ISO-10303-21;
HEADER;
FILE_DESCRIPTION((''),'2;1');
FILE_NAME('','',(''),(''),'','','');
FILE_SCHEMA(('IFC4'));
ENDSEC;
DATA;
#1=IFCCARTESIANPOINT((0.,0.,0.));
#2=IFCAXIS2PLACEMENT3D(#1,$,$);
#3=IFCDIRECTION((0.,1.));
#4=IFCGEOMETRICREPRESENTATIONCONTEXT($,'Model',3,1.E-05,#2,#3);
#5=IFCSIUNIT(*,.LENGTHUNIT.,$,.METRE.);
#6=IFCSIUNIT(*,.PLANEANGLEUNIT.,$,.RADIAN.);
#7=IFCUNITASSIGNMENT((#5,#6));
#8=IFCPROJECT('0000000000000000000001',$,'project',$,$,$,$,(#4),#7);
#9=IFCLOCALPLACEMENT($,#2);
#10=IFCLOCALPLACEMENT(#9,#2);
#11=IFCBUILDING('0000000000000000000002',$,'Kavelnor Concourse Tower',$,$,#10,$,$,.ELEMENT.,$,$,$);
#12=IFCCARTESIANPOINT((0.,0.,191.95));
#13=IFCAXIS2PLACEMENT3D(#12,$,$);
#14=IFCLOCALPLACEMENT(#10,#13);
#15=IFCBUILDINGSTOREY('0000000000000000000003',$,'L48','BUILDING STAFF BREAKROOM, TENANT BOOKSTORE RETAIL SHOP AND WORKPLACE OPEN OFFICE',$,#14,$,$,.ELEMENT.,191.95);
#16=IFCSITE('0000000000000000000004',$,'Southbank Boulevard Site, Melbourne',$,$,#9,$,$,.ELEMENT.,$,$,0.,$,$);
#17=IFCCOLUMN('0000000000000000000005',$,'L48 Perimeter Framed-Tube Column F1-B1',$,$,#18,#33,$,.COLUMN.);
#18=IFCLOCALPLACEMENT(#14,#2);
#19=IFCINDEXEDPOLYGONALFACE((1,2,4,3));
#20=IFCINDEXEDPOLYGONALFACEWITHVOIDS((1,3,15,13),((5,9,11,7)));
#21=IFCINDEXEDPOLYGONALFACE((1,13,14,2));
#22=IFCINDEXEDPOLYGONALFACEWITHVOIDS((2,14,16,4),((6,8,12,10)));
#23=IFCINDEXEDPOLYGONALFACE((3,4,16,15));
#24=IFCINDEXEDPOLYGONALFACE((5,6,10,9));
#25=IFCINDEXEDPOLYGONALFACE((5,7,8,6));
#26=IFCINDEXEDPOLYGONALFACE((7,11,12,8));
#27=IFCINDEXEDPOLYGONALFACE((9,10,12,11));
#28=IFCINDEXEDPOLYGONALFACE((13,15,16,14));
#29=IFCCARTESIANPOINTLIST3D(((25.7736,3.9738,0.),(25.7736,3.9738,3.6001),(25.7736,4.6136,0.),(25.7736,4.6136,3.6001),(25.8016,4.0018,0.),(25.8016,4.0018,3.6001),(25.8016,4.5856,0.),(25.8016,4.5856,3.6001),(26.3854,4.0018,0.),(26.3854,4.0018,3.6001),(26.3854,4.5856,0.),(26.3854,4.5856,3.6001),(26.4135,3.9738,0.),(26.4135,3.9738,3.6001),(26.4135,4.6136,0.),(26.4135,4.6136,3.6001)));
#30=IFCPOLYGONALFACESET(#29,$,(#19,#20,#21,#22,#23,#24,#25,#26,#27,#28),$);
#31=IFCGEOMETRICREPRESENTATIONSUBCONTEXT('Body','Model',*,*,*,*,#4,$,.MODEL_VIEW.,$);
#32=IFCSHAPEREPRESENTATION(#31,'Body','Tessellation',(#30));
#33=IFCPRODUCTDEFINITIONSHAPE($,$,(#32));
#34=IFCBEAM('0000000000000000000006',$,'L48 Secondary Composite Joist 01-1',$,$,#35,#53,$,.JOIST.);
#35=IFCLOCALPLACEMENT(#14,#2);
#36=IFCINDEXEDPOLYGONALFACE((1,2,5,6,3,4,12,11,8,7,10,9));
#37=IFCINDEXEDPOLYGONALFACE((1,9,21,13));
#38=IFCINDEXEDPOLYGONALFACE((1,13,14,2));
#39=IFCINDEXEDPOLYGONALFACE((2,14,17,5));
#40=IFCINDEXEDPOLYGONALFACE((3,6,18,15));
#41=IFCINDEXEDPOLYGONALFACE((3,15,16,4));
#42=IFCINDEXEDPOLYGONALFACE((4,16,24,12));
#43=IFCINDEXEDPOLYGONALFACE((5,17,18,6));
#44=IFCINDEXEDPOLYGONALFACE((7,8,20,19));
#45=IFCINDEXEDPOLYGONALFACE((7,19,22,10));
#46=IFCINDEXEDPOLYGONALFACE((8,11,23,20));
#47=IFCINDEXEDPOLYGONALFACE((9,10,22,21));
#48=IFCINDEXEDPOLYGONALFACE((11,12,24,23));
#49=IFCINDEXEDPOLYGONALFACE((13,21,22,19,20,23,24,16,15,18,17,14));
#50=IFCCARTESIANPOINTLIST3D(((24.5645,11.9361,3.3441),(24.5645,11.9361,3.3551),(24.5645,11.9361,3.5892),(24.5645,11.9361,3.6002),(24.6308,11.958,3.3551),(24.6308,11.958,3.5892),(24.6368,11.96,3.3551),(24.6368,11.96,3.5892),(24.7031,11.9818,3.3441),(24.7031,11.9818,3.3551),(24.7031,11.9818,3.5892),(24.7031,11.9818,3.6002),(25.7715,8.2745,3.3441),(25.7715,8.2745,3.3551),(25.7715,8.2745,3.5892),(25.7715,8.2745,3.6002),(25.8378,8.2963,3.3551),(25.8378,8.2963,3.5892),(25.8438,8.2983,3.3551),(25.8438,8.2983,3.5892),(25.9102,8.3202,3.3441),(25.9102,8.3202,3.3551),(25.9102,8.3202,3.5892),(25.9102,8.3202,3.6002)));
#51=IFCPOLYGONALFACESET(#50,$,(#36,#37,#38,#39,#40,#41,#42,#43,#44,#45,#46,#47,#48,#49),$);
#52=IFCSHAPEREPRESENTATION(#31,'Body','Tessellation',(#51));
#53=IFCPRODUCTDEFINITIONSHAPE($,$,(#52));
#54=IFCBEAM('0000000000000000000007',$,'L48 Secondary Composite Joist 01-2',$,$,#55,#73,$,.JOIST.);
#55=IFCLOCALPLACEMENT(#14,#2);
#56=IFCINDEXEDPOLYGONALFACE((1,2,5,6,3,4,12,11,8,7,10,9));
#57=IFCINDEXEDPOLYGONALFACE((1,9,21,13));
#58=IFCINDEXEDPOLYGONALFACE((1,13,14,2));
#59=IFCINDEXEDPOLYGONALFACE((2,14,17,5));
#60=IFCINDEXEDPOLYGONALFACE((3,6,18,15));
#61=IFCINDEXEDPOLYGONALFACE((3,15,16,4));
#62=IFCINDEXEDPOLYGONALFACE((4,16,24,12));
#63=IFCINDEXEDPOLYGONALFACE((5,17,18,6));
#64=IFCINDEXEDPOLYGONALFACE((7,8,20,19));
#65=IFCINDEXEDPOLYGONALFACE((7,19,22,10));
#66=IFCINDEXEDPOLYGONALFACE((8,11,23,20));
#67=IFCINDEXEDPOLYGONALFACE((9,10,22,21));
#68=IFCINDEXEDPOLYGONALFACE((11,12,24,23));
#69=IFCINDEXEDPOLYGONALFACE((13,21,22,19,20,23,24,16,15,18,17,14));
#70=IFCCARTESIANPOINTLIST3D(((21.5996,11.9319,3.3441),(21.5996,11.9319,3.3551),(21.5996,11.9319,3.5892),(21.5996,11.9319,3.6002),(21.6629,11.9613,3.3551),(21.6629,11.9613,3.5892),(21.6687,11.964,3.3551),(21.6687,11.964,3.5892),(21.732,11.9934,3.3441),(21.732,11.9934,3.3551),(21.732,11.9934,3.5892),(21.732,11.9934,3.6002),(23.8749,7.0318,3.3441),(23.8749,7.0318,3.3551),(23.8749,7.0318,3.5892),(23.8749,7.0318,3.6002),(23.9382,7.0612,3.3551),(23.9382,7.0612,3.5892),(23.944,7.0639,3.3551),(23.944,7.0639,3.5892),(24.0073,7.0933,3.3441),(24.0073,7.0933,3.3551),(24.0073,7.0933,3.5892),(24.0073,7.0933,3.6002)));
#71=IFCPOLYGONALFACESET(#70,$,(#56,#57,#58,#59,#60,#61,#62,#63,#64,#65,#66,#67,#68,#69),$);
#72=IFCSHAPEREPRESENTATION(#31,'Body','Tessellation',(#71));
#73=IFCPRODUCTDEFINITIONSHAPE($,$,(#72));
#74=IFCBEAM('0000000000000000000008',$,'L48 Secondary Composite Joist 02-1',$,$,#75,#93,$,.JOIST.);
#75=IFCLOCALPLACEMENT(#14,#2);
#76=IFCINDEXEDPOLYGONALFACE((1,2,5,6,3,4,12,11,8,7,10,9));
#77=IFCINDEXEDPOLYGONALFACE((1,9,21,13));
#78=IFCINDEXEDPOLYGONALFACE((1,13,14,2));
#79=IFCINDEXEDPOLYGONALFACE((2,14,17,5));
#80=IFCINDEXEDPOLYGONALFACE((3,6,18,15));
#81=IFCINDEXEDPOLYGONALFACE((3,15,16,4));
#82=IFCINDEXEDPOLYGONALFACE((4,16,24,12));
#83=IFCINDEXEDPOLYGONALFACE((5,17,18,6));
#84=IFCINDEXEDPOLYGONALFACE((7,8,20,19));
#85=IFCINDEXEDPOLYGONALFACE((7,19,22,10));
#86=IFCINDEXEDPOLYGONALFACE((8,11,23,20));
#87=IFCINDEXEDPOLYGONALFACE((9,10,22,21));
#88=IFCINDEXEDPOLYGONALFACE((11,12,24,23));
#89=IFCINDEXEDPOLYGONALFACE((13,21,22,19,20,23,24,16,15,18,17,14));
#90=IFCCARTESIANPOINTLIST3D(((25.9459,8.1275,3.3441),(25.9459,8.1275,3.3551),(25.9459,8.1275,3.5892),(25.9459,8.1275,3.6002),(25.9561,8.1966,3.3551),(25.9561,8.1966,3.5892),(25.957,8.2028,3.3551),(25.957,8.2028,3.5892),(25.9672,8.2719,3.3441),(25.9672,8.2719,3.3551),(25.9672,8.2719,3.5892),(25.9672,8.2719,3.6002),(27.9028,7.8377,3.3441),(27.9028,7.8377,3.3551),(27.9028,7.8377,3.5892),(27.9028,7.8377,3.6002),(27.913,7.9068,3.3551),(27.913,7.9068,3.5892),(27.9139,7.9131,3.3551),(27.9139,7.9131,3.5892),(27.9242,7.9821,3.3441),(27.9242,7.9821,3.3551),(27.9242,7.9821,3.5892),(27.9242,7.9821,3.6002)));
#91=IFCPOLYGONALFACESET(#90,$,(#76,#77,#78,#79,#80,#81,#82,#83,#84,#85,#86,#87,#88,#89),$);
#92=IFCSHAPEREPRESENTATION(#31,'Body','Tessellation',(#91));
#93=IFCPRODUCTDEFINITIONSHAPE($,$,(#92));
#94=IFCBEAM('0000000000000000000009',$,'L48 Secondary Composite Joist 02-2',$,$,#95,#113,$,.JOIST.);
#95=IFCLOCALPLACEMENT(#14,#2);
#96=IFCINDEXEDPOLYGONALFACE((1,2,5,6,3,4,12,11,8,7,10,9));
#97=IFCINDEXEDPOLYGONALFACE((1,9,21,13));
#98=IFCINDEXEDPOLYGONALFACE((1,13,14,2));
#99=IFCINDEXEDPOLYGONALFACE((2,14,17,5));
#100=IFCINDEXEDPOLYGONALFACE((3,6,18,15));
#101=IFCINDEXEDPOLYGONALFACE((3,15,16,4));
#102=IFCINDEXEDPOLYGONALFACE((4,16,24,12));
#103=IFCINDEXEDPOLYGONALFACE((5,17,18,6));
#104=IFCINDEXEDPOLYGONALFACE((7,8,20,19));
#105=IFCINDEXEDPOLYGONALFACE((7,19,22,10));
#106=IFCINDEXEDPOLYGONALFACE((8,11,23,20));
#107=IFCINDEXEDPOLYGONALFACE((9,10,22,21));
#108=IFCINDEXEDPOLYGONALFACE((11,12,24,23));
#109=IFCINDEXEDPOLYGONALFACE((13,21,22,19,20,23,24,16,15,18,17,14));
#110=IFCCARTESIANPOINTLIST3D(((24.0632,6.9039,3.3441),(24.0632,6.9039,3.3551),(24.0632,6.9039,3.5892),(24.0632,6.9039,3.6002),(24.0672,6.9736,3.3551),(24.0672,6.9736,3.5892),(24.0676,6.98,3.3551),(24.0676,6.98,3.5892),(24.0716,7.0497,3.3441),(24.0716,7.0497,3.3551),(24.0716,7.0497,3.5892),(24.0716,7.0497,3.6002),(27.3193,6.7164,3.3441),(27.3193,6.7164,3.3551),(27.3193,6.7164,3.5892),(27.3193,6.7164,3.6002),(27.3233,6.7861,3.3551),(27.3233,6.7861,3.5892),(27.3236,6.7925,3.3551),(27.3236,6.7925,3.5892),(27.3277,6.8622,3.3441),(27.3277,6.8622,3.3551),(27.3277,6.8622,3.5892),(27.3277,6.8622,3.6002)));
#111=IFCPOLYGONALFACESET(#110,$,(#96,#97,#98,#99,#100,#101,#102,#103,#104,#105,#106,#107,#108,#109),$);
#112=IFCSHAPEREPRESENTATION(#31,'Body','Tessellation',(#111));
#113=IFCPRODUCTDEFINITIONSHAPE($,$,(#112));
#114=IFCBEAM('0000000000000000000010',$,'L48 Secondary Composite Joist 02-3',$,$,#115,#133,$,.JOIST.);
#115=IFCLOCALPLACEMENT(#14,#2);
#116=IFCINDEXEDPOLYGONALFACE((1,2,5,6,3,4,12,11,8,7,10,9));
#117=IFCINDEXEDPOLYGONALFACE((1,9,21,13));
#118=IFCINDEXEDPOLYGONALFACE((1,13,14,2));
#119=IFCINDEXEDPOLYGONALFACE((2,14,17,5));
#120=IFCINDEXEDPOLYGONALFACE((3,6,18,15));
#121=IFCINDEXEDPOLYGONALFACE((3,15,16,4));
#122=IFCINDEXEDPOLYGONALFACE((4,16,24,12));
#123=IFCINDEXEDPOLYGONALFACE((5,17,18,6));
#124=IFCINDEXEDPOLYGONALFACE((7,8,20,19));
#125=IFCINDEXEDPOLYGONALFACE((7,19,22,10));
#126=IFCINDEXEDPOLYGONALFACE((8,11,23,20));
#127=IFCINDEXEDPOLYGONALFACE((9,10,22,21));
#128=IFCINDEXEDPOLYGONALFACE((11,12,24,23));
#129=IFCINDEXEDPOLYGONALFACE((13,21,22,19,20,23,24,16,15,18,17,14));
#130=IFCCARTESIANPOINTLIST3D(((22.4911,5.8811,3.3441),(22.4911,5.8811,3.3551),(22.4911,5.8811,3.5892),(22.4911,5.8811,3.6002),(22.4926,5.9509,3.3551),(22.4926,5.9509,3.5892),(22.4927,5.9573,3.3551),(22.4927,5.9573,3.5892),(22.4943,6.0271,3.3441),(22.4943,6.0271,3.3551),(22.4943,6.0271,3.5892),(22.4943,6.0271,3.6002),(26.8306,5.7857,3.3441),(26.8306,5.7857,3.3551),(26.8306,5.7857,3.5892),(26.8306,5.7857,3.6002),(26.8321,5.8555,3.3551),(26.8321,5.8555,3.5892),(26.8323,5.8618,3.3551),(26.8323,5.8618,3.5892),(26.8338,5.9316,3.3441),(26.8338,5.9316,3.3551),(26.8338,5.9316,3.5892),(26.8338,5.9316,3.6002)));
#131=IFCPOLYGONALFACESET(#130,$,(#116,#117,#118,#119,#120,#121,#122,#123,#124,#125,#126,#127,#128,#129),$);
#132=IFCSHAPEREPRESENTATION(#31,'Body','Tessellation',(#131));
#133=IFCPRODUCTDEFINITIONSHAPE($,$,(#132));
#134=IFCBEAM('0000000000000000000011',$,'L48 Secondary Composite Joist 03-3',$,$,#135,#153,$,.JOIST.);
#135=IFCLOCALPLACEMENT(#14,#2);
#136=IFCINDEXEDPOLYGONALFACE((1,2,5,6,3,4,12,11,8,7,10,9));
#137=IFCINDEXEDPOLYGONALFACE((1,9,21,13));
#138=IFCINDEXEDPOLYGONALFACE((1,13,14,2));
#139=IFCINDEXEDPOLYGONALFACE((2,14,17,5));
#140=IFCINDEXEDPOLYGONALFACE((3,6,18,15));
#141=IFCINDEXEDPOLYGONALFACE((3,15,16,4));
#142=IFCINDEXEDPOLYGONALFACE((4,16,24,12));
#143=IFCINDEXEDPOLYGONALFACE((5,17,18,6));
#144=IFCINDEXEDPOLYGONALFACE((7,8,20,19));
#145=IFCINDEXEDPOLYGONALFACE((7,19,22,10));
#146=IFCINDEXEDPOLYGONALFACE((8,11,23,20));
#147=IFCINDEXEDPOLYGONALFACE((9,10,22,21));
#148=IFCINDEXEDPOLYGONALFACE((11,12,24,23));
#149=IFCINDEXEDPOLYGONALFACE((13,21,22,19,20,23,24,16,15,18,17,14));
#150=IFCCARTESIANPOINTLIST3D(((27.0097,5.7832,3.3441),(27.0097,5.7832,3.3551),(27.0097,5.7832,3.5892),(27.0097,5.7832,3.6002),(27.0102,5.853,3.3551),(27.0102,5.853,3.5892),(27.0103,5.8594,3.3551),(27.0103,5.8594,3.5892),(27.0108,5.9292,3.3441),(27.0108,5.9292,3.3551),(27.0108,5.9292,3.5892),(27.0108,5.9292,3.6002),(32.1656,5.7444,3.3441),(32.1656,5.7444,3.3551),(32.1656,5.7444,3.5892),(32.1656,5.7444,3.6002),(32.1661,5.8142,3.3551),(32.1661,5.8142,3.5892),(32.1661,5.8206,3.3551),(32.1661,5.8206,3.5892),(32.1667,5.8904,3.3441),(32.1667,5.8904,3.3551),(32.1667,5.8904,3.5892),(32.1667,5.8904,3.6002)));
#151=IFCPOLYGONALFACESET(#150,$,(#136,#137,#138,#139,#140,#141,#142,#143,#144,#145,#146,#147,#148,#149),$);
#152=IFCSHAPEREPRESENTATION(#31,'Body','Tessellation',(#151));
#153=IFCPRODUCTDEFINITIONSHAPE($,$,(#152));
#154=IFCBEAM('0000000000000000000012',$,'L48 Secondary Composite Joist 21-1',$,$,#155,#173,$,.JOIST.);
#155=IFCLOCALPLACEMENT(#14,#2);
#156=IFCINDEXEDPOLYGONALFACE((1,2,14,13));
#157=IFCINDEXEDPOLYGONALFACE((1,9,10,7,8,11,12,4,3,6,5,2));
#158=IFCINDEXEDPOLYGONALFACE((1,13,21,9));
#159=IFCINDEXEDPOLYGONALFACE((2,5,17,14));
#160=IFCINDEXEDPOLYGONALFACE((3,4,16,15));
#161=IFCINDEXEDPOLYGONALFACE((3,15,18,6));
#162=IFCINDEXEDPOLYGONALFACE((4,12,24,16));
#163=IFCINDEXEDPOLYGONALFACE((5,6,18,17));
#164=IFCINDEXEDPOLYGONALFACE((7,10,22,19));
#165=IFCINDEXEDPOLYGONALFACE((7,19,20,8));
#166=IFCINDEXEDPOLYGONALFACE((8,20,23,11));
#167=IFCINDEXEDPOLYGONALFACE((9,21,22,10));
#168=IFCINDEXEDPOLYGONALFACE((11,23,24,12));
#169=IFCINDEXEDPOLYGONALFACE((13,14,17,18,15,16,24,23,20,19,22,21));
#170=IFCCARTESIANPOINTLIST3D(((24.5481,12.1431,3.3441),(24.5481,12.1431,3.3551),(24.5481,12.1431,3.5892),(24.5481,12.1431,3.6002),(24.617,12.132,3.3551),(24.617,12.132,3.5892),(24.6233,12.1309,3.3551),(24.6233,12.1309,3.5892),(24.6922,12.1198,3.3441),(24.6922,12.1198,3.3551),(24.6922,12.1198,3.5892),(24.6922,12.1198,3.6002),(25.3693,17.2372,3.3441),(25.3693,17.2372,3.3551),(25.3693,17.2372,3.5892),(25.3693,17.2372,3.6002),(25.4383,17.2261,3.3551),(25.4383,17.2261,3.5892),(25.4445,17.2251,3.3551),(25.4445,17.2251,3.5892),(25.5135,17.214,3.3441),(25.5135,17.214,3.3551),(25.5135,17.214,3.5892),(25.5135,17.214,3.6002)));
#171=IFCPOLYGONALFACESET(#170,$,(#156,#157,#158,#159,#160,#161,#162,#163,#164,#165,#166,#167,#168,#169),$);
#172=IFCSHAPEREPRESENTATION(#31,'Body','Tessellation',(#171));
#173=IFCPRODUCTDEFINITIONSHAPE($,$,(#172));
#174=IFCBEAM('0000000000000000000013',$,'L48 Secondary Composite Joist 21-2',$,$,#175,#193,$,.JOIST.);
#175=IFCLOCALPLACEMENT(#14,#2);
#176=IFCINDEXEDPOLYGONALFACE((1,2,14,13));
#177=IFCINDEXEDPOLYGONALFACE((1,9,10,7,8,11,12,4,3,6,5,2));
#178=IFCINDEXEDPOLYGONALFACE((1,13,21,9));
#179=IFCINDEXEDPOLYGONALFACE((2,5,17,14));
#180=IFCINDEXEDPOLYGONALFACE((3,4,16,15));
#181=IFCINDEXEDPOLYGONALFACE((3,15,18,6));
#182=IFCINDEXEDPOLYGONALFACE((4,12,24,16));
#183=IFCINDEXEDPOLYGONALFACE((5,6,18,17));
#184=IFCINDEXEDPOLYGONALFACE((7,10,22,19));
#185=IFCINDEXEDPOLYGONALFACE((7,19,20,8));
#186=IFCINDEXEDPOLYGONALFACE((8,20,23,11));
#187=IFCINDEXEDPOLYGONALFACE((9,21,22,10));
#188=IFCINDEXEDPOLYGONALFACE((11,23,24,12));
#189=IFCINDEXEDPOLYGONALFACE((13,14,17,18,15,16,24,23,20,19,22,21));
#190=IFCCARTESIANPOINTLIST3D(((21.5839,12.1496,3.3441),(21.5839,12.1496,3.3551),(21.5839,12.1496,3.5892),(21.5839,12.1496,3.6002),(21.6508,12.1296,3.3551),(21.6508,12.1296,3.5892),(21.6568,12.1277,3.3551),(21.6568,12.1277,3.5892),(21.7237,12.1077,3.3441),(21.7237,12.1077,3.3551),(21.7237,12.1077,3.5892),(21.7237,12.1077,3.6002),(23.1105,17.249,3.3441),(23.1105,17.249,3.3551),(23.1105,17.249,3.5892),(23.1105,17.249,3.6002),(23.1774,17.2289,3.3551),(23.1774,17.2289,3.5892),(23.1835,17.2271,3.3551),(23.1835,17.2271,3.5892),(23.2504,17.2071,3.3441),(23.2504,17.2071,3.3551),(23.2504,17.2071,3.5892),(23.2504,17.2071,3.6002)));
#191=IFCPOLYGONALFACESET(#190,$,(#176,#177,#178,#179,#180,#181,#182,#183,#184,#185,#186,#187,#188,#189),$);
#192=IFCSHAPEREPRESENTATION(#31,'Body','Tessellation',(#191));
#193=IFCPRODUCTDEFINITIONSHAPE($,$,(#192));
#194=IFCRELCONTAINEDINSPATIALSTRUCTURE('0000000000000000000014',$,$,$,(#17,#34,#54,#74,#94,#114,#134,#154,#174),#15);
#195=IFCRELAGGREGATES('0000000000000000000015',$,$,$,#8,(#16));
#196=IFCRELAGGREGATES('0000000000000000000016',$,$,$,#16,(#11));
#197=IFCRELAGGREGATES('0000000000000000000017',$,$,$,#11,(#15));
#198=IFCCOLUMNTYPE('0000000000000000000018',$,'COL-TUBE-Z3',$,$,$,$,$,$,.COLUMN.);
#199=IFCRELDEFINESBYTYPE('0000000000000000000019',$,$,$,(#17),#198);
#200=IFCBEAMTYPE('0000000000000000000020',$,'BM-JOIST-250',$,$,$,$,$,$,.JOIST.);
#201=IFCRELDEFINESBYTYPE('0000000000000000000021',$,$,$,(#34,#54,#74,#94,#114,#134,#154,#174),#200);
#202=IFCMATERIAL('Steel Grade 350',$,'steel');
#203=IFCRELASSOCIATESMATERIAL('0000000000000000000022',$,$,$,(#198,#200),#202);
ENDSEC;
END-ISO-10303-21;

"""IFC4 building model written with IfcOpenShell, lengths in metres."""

from ifc_helpers import new_model, si_unit, direction, frame, origin, origin_2d, place, context, subcontext, project, spatial, hollow_rectangle, i_section, extrude, material, material_profile, profile_set, type_object, element, save


model = new_model("IFC4")

# Units and contexts
model_context = context("Model", 3, precision=1e-05, world=origin(), true_north=direction((0.0, 1.0)))
body_context = subcontext(model_context, "Body", "Model", "MODEL_VIEW")
ifc_project = project(units=[si_unit("LENGTHUNIT", "METRE"), si_unit("PLANEANGLEUNIT", "RADIAN")], contexts=[model_context])

# Site, building, storey
site_placement = place(None, origin())
site = spatial("IfcSite", under=ifc_project, at=site_placement, Name="Southbank Boulevard Site, Melbourne", CompositionType="ELEMENT", RefElevation=0.0)
building_placement = place(site_placement, origin())
building = spatial("IfcBuilding", under=site, at=building_placement, Name="Kavelnor Concourse Tower", CompositionType="ELEMENT")
storey_placement = place(building_placement, frame((0.0, 0.0, 191.95)))
storey = spatial("IfcBuildingStorey", under=building, at=storey_placement, Name="L48", Description="BUILDING STAFF BREAKROOM, TENANT BOOKSTORE RETAIL SHOP AND WORKPLACE OPEN OFFICE", CompositionType="ELEMENT", Elevation=191.95)

# Column
ifc_material_1 = material(Name="Steel Grade 350", Category="steel")
ifc_material_profile_1 = material_profile(ifc_material_1, hollow_rectangle(XDim=0.6399, YDim=0.6399, WallThickness=0.0281, at=origin_2d()), Name="SHS 640x640x28")
ifc_profile_set_1 = profile_set([ifc_material_profile_1], Name="Steel Grade 350")
column_type = type_object("IfcColumnType", Name="COL-TUBE-Z3", PredefinedType="COLUMN", material=ifc_profile_set_1)
column_placement = place(storey_placement, frame((26.0935, 4.2937, 0.0), z_axis=(0.0, 0.0, 1.0), x_axis=(1.0, 0.0, 0.0)))
element("IfcColumn", 1, at=column_placement, inside=storey, type_object=column_type, Name="L48 Perimeter Framed-Tube Column F1-B1", PredefinedType="COLUMN", context=body_context, shape_type="SweptSolid", body=[
    extrude(hollow_rectangle(XDim=0.6399, YDim=0.6399, WallThickness=0.0281, at=origin_2d()), origin(), (0.0, 0.0, 1.0), 3.6001),
])

# Beams
ifc_material_profile_2 = material_profile(ifc_material_1, i_section(OverallWidth=0.146, OverallDepth=0.2561, WebThickness=0.0063, FlangeThickness=0.011, at=origin_2d()), Name="250UB37")
ifc_profile_set_2 = profile_set([ifc_material_profile_2], Name="Steel Grade 350")
beam_type_1 = type_object("IfcBeamType", Name="BM-JOIST-250", PredefinedType="JOIST", material=ifc_profile_set_2)
beam_1_placement = place(storey_placement, frame((24.6338, 11.959, 3.4722), z_axis=(0.313072, -0.949729, 0.0), x_axis=(0.949729, 0.313072, 0.0)))
element("IfcBeam", 2, at=beam_1_placement, inside=storey, type_object=beam_type_1, Name="L48 Secondary Composite Joist 01-1", PredefinedType="JOIST", context=body_context, shape_type="SweptSolid", body=[
    extrude(i_section(OverallWidth=0.146, OverallDepth=0.2561, WebThickness=0.0063, FlangeThickness=0.011, at=origin_2d()), origin(), (0.0, 0.0, 1.0), 3.8555),
])
beam_2_placement = place(storey_placement, frame((21.6658, 11.9626, 3.4722), z_axis=(0.42116, -0.906986, 0.0), x_axis=(0.906986, 0.42116, 0.0)))
element("IfcBeam", 3, at=beam_2_placement, inside=storey, type_object=beam_type_1, Name="L48 Secondary Composite Joist 01-2", PredefinedType="JOIST", context=body_context, shape_type="SweptSolid", body=[
    extrude(i_section(OverallWidth=0.146, OverallDepth=0.2561, WebThickness=0.0063, FlangeThickness=0.011, at=origin_2d()), origin(), (0.0, 0.0, 1.0), 5.4026),
])
beam_3_placement = place(storey_placement, frame((25.9565, 8.1997, 3.4722), z_axis=(0.989213, -0.146482, 0.0), x_axis=(0.146482, 0.989213, 0.0)))
element("IfcBeam", 4, at=beam_3_placement, inside=storey, type_object=beam_type_1, Name="L48 Secondary Composite Joist 02-1", PredefinedType="JOIST", context=body_context, shape_type="SweptSolid", body=[
    extrude(i_section(OverallWidth=0.146, OverallDepth=0.2561, WebThickness=0.0063, FlangeThickness=0.011, at=origin_2d()), origin(), (0.0, 0.0, 1.0), 1.9783),
])
beam_4_placement = place(storey_placement, frame((24.0674, 6.9768, 3.4722), z_axis=(0.998346, -0.057489, 0.0), x_axis=(0.057489, 0.998346, 0.0)))
element("IfcBeam", 5, at=beam_4_placement, inside=storey, type_object=beam_type_1, Name="L48 Secondary Composite Joist 02-2", PredefinedType="JOIST", context=body_context, shape_type="SweptSolid", body=[
    extrude(i_section(OverallWidth=0.146, OverallDepth=0.2561, WebThickness=0.0063, FlangeThickness=0.011, at=origin_2d()), origin(), (0.0, 0.0, 1.0), 3.2615),
])
beam_5_placement = place(storey_placement, frame((22.4927, 5.9541, 3.4722), z_axis=(0.999758, -0.021992, 0.0), x_axis=(0.021992, 0.999758, 0.0)))
element("IfcBeam", 6, at=beam_5_placement, inside=storey, type_object=beam_type_1, Name="L48 Secondary Composite Joist 02-3", PredefinedType="JOIST", context=body_context, shape_type="SweptSolid", body=[
    extrude(i_section(OverallWidth=0.146, OverallDepth=0.2561, WebThickness=0.0063, FlangeThickness=0.011, at=origin_2d()), origin(), (0.0, 0.0, 1.0), 4.3406),
])
beam_6_placement = place(storey_placement, frame((27.0103, 5.8562, 3.4722), z_axis=(0.999972, -0.007529, 0.0), x_axis=(0.007529, 0.999972, 0.0)))
element("IfcBeam", 7, at=beam_6_placement, inside=storey, type_object=beam_type_1, Name="L48 Secondary Composite Joist 03-3", PredefinedType="JOIST", context=body_context, shape_type="SweptSolid", body=[
    extrude(i_section(OverallWidth=0.146, OverallDepth=0.2561, WebThickness=0.0063, FlangeThickness=0.011, at=origin_2d()), origin(), (0.0, 0.0, 1.0), 5.156),
])
beam_7_placement = place(storey_placement, frame((25.4414, 17.2256, 3.4722), z_axis=(-0.159164, -0.987252, 0.0), x_axis=(0.987252, -0.159164, 0.0)))
element("IfcBeam", 8, at=beam_7_placement, inside=storey, type_object=beam_type_1, Name="L48 Secondary Composite Joist 21-1", PredefinedType="JOIST", context=body_context, shape_type="SweptSolid", body=[
    extrude(i_section(OverallWidth=0.146, OverallDepth=0.2561, WebThickness=0.0063, FlangeThickness=0.011, at=origin_2d()), origin(), (0.0, 0.0, 1.0), 5.1599),
])
beam_8_placement = place(storey_placement, frame((23.1804, 17.228, 3.4722), z_axis=(-0.286797, -0.957991, 0.0), x_axis=(0.957991, -0.286797, 0.0)))
element("IfcBeam", 9, at=beam_8_placement, inside=storey, type_object=beam_type_1, Name="L48 Secondary Composite Joist 21-2", PredefinedType="JOIST", context=body_context, shape_type="SweptSolid", body=[
    extrude(i_section(OverallWidth=0.146, OverallDepth=0.2561, WebThickness=0.0063, FlangeThickness=0.011, at=origin_2d()), origin(), (0.0, 0.0, 1.0), 5.323),
])

save(model, "model.ifc")
